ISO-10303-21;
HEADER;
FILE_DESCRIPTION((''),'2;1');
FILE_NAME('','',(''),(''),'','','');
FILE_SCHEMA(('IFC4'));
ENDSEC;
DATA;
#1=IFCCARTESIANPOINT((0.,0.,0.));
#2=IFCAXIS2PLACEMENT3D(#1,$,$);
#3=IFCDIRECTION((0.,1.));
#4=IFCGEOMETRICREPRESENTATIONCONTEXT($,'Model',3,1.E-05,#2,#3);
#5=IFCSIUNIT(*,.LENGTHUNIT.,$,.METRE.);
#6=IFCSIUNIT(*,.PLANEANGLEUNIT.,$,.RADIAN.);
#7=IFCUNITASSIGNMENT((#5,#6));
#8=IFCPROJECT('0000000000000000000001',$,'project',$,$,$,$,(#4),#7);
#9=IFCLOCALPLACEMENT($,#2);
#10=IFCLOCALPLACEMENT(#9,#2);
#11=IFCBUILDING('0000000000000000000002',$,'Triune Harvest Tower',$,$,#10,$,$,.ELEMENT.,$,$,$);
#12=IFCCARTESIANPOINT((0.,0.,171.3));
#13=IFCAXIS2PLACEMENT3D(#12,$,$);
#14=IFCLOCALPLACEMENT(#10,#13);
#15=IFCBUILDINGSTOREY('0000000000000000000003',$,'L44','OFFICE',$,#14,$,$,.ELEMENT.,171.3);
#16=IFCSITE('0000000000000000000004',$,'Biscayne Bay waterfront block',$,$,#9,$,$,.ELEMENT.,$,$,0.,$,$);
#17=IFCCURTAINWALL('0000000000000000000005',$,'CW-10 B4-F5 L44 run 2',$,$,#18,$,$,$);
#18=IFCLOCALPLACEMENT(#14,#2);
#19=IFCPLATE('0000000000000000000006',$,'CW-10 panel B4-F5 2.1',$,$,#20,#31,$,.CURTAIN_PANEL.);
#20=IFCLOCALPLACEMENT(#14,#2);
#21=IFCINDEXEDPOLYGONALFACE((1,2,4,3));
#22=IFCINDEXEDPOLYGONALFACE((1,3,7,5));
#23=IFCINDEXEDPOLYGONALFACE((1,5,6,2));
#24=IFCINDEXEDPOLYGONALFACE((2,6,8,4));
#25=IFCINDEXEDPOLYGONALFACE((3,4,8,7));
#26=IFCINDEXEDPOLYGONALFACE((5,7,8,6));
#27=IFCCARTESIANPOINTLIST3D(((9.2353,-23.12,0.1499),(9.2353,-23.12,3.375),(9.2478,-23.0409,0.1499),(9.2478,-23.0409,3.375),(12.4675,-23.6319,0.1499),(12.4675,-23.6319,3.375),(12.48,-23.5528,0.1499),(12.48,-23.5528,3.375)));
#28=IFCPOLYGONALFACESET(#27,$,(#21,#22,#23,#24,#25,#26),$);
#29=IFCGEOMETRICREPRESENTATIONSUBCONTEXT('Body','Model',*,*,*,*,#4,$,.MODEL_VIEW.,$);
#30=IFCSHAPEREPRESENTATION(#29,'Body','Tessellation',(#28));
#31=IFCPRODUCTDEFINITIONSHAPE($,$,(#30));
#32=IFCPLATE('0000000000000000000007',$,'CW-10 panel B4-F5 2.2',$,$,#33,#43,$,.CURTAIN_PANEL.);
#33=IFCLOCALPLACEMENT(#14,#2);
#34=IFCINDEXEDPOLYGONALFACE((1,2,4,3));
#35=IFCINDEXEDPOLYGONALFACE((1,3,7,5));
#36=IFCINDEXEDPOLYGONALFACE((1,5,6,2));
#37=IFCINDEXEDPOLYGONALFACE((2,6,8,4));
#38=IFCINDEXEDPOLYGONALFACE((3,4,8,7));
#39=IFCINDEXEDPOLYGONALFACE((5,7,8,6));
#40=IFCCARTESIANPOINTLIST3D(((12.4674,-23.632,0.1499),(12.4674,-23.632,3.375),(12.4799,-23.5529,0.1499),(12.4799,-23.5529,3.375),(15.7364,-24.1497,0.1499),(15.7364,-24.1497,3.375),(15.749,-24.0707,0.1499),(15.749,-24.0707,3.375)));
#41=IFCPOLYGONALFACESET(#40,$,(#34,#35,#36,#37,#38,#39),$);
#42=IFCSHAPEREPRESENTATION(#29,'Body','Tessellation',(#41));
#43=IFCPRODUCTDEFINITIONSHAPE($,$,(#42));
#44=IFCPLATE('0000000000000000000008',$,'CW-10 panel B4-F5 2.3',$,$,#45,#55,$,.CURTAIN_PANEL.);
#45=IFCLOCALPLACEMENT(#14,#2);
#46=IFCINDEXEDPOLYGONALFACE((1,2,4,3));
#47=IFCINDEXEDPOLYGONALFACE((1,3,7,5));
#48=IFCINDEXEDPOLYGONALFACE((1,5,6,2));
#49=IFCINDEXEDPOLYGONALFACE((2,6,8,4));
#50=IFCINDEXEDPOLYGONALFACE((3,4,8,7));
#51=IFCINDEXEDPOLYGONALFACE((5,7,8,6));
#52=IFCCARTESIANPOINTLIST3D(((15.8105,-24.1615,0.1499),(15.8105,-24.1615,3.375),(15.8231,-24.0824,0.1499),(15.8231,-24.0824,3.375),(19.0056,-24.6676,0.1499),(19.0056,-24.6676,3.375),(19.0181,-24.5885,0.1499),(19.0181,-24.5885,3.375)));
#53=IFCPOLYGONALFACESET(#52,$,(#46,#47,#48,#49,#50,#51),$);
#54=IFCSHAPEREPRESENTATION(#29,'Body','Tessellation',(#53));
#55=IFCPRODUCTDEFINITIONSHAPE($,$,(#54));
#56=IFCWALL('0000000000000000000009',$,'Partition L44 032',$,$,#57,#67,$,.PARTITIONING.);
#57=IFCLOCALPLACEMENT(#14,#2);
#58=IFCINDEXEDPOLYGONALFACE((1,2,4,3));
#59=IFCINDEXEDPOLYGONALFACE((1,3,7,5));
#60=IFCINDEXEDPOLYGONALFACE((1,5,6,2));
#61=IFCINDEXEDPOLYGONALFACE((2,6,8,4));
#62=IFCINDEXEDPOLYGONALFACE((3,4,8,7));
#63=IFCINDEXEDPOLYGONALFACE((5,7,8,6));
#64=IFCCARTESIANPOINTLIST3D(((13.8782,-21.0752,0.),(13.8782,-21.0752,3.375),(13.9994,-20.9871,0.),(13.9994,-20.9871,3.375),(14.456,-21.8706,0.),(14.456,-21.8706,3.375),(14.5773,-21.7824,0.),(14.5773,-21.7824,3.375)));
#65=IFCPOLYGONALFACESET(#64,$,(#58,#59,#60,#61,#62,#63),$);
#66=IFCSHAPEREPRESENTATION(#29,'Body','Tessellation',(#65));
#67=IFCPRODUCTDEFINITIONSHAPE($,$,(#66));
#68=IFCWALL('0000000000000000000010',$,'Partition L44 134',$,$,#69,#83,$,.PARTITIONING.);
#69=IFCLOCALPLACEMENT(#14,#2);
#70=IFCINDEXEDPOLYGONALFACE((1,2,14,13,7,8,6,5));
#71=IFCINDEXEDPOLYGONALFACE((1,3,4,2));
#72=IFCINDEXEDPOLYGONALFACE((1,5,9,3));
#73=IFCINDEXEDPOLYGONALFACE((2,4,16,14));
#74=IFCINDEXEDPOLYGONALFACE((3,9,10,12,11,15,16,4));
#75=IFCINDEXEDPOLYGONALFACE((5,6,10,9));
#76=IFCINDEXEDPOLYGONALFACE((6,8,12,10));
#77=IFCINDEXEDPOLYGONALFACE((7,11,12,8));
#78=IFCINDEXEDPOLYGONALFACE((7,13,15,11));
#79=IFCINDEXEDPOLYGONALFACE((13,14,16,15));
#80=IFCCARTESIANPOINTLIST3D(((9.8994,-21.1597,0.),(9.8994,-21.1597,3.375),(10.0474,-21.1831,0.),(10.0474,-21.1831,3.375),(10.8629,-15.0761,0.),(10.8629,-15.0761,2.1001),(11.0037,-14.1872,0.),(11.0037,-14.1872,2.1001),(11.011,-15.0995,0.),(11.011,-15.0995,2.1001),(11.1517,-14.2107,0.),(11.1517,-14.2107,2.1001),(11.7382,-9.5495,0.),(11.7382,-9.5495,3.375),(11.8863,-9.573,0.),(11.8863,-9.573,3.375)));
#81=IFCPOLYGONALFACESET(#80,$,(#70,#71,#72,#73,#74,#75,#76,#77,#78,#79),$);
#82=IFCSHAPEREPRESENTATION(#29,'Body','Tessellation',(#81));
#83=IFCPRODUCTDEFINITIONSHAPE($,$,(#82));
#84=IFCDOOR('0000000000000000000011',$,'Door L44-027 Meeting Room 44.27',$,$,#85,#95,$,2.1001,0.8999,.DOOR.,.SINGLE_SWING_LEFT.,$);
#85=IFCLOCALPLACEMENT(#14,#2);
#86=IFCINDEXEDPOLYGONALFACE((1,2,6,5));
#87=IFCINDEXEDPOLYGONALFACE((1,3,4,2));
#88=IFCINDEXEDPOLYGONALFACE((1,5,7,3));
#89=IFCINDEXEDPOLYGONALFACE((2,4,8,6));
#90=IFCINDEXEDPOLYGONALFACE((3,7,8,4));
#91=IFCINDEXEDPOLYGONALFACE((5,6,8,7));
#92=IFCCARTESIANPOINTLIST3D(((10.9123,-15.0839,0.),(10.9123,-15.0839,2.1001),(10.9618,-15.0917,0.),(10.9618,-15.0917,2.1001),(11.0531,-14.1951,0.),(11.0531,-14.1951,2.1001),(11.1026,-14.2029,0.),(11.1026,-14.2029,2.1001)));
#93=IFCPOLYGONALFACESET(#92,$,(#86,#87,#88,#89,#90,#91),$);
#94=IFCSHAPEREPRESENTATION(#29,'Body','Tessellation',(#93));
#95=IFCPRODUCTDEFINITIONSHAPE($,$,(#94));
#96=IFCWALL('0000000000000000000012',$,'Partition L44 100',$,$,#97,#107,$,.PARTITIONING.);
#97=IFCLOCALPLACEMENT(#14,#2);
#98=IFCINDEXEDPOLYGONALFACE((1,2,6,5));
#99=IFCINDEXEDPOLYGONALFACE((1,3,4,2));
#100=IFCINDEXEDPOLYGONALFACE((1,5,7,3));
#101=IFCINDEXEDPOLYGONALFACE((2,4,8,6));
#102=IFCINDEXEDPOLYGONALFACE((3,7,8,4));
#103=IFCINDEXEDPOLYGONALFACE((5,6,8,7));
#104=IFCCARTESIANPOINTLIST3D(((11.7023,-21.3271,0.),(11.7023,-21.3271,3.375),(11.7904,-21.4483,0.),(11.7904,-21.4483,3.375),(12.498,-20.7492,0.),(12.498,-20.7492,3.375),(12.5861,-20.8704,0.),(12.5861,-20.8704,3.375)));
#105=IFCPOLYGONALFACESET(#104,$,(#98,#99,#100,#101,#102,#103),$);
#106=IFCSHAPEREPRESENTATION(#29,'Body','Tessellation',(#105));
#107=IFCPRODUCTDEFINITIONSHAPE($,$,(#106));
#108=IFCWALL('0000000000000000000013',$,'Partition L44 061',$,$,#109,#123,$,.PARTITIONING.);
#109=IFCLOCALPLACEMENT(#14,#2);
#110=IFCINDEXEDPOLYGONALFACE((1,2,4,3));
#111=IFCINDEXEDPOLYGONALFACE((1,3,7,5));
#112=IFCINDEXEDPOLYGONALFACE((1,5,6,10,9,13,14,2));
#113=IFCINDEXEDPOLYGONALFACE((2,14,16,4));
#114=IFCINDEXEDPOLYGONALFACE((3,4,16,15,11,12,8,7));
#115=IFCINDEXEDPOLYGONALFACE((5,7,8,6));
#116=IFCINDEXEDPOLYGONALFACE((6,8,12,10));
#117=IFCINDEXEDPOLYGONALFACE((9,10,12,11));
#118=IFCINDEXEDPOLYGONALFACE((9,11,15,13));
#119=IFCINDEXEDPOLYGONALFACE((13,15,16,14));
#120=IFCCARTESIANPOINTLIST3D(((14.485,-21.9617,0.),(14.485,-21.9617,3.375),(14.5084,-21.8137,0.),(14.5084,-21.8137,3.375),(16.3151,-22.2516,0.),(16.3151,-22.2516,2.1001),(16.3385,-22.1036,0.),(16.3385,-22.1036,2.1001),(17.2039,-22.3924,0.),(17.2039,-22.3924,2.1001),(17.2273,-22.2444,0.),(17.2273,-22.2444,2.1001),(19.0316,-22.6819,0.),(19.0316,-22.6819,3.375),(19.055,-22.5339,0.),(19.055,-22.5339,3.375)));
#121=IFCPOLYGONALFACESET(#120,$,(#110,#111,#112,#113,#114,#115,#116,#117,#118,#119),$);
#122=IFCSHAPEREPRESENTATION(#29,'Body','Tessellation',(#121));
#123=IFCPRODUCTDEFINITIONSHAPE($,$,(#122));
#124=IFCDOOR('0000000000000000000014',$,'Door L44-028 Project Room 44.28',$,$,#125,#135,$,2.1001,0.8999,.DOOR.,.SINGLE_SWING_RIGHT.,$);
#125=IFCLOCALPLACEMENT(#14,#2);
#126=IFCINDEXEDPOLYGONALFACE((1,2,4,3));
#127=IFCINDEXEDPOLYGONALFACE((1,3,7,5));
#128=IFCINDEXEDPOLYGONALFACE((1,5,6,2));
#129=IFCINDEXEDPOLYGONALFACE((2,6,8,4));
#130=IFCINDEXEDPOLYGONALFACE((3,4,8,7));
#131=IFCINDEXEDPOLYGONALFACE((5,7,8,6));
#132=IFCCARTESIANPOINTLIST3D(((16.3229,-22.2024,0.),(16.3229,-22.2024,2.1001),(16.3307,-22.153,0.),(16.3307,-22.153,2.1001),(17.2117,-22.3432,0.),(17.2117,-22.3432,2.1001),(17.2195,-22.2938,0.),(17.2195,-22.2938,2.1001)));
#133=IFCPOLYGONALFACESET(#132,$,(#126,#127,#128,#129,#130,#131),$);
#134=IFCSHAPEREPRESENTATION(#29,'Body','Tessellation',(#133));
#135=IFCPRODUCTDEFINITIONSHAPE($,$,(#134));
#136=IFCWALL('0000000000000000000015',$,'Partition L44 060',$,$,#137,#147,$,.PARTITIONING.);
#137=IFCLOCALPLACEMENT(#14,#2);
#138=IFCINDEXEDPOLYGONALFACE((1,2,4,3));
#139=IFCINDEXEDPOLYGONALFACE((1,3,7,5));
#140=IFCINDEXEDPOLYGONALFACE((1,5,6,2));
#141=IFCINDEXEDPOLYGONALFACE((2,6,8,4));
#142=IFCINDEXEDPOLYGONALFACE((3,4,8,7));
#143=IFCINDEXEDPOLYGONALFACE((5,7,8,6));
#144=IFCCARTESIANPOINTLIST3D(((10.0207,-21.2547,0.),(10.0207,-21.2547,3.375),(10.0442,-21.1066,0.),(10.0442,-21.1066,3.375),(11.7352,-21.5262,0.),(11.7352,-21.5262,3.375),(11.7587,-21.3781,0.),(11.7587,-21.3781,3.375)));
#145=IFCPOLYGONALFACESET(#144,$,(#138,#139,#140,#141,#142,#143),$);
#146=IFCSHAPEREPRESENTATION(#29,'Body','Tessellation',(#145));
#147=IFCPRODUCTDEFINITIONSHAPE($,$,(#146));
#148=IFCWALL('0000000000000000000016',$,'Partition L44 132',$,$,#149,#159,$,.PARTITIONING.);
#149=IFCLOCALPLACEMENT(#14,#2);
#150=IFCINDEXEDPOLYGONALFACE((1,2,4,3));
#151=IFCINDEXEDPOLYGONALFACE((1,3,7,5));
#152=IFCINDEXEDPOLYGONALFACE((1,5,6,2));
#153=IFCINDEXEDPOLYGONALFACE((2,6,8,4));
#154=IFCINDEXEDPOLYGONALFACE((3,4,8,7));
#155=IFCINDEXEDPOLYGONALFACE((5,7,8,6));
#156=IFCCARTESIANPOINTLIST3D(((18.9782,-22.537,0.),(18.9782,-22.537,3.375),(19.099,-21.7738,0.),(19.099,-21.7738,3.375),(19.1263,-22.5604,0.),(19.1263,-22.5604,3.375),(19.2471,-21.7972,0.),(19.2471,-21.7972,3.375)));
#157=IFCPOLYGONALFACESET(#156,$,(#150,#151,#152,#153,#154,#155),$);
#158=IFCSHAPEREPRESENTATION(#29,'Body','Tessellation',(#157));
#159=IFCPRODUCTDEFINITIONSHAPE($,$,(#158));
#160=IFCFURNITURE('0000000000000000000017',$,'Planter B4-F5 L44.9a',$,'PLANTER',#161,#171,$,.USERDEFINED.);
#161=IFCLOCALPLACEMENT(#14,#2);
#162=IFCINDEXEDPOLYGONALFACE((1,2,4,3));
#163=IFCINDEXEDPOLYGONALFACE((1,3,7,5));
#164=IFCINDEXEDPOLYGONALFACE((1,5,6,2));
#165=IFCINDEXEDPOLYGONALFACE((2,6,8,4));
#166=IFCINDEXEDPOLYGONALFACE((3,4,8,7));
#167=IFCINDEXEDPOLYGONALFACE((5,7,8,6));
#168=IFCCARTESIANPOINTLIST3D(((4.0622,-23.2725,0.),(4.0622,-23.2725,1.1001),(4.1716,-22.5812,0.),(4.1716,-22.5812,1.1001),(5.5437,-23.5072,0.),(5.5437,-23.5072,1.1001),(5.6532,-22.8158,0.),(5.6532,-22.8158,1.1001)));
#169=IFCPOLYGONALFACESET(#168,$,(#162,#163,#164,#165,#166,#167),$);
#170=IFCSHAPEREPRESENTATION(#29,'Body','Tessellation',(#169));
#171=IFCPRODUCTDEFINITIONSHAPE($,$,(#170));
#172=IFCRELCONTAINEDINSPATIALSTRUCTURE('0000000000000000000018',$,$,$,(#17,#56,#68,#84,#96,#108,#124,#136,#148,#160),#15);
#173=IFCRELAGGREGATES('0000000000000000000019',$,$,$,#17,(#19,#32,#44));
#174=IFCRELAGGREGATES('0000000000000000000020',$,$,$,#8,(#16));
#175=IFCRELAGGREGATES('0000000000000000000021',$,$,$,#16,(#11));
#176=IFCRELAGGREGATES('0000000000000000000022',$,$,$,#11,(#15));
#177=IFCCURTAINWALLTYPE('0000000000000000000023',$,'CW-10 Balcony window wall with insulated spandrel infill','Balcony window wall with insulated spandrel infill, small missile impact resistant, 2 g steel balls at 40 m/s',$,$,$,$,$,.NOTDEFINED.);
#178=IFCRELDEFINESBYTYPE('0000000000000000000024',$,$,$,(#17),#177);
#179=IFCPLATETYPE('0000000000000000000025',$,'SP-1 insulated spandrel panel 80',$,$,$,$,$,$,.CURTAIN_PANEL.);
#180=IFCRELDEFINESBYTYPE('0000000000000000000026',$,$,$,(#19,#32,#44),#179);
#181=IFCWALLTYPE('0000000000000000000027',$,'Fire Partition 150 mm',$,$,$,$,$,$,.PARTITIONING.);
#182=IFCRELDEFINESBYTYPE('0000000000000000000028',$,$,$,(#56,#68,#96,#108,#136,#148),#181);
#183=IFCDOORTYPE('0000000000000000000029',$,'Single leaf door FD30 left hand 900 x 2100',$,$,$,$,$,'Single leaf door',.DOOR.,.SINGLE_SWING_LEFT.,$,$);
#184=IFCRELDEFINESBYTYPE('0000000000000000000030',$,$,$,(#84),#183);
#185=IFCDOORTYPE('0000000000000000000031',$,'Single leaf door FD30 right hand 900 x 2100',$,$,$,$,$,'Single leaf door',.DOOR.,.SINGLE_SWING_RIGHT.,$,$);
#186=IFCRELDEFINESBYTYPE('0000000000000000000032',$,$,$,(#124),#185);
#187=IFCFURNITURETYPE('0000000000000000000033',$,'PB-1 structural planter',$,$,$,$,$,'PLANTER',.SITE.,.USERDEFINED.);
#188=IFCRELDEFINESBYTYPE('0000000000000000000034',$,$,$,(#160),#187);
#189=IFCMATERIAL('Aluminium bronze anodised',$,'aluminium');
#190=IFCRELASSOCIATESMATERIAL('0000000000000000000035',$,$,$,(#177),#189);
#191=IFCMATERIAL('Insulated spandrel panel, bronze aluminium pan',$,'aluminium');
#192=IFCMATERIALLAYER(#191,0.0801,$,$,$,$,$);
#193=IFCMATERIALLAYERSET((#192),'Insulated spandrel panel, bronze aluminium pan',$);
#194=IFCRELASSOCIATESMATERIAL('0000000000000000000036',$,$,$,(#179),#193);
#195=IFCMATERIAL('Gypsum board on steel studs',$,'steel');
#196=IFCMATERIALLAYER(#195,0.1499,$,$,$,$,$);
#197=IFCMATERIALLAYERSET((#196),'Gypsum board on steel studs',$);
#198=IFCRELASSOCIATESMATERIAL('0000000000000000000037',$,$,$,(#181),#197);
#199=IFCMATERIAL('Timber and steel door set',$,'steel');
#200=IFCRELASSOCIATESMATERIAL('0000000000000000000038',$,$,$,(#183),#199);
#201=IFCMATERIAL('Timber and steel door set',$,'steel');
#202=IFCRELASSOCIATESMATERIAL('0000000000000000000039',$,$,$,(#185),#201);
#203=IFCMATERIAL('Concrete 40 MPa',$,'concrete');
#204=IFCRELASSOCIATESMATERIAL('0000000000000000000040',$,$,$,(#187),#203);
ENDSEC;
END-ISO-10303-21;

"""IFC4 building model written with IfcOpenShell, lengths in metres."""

from ifc_helpers import new_model, si_unit, direction, frame, frame_2d, origin, origin_2d, place, context, subcontext, project, spatial, rectangle, extrude, source, transform, mapped, material, layer, layer_set, type_object, element, fill, aggregate, save


model = new_model("IFC4")

# Units and contexts
model_context = context("Model", 3, precision=1e-05, world=origin(), true_north=direction((0.0, 1.0)))
body_context = subcontext(model_context, "Body", "Model", "MODEL_VIEW")
ifc_project = project(units=[si_unit("LENGTHUNIT", "METRE"), si_unit("PLANEANGLEUNIT", "RADIAN")], contexts=[model_context])

# Site, building, storey
site_placement = place(None, origin())
site = spatial("IfcSite", under=ifc_project, at=site_placement, Name="Biscayne Bay waterfront block", CompositionType="ELEMENT", RefElevation=0.0)
building_placement = place(site_placement, origin())
building = spatial("IfcBuilding", under=site, at=building_placement, Name="Triune Harvest Tower", CompositionType="ELEMENT")
storey_placement = place(building_placement, frame((0.0, 0.0, 171.3)))
storey = spatial("IfcBuildingStorey", under=building, at=storey_placement, Name="L44", Description="OFFICE", CompositionType="ELEMENT", Elevation=171.3)

# Curtain wall
ifc_material_1 = material(Name="Aluminium bronze anodised", Category="aluminium")
curtain_wall_type_1 = type_object("IfcCurtainWallType", Name="CW-10 Balcony window wall with insulated spandrel infill", Description="Balcony window wall with insulated spandrel infill, small missile impact resistant, 2 g steel balls at 40 m/s", PredefinedType="NOTDEFINED", material=ifc_material_1)
curtain_wall_1_placement = place(storey_placement, origin())
curtain_wall_1 = element("IfcCurtainWall", 1, at=curtain_wall_1_placement, inside=storey, type_object=curtain_wall_type_1, Name="CW-10 B4-F5 L44 run 2")

# Plates
ifc_material_2 = material(Name="Insulated spandrel panel, bronze aluminium pan", Category="aluminium")
ifc_layer_1 = layer(ifc_material_2, 0.0801)
ifc_layer_set_1 = layer_set([ifc_layer_1], Name="Insulated spandrel panel, bronze aluminium pan")
plate_type_1 = type_object("IfcPlateType", Name="SP-1 insulated spandrel panel 80", PredefinedType="CURTAIN_PANEL", material=ifc_layer_set_1)
shared_shape_1 = source(origin(), body_context, "Body", "SweptSolid", [
    extrude(rectangle(XDim=3.2725, YDim=0.0801, at=origin_2d()), origin(), (0.0, 0.0, 1.0), 3.2251),
])
plate_1_placement = place(storey_placement, frame((10.8577, -23.3364, 0.1499), z_axis=(0.0, 0.0, 1.0), x_axis=(0.987689, -0.156432, 0.0)))
plate_1 = element("IfcPlate", 2, at=plate_1_placement, type_object=plate_type_1, Name="CW-10 panel B4-F5 2.1", PredefinedType="CURTAIN_PANEL", context=body_context, shape_type="MappedRepresentation", body=[
    mapped(shared_shape_1, transform((0.0, 0.0, 0.0), scale=1.0)),
])
shared_shape_2 = source(origin(), body_context, "Body", "SweptSolid", [
    extrude(rectangle(XDim=3.3098, YDim=0.0801, at=origin_2d()), origin(), (0.0, 0.0, 1.0), 3.2251),
])
plate_2_placement = place(storey_placement, frame((14.1082, -23.8513, 0.1499), z_axis=(0.0, 0.0, 1.0), x_axis=(0.987689, -0.156432, 0.0)))
plate_2 = element("IfcPlate", 3, at=plate_2_placement, type_object=plate_type_1, Name="CW-10 panel B4-F5 2.2", PredefinedType="CURTAIN_PANEL", context=body_context, shape_type="MappedRepresentation", body=[
    mapped(shared_shape_2, transform((0.0, 0.0, 0.0), scale=1.0)),
])
shared_shape_3 = source(origin(), body_context, "Body", "SweptSolid", [
    extrude(rectangle(XDim=3.2349, YDim=0.0801, at=origin_2d()), origin(), (0.0, 0.0, 1.0), 3.2251),
])
plate_3_placement = place(storey_placement, frame((17.4143, -24.375, 0.1499), z_axis=(0.0, 0.0, 1.0), x_axis=(0.987689, -0.156432, 0.0)))
plate_3 = element("IfcPlate", 4, at=plate_3_placement, type_object=plate_type_1, Name="CW-10 panel B4-F5 2.3", PredefinedType="CURTAIN_PANEL", context=body_context, shape_type="MappedRepresentation", body=[
    mapped(shared_shape_3, transform((0.0, 0.0, 0.0), scale=1.0)),
])
aggregate(curtain_wall_1, [plate_1, plate_2, plate_3])

# Wall
ifc_material_3 = material(Name="Gypsum board on steel studs", Category="steel")
ifc_layer_2 = layer(ifc_material_3, 0.1499)
ifc_layer_set_2 = layer_set([ifc_layer_2], Name="Gypsum board on steel studs")
wall_type_1 = type_object("IfcWallType", Name="Fire Partition 150 mm", PredefinedType="PARTITIONING", material=ifc_layer_set_2)
wall_1_placement = place(storey_placement, frame((13.9387, -21.031, 0.0), z_axis=(0.0, 0.0, 1.0), x_axis=(0.587773, -0.809026, 0.0)))
element("IfcWall", 5, at=wall_1_placement, inside=storey, type_object=wall_type_1, Name="Partition L44 032", PredefinedType="PARTITIONING", context=body_context, shape_type="SweptSolid", body=[
    extrude(rectangle(XDim=0.9832, YDim=0.1499, at=frame_2d((0.4917, 0.0))), origin(), (0.0, 0.0, 1.0), 3.375),
])

# Wall, opening, door
wall_2_placement = place(storey_placement, frame((9.9734, -21.1714, 0.0), z_axis=(0.0, 0.0, 1.0), x_axis=(0.156435, 0.987688, 0.0)))
wall_2 = element("IfcWall", 6, at=wall_2_placement, inside=storey, type_object=wall_type_1, Name="Partition L44 134", PredefinedType="PARTITIONING", context=body_context, shape_type="SweptSolid", body=[
    extrude(rectangle(XDim=11.7549, YDim=0.1499, at=frame_2d((5.8774, 0.0))), origin(), (0.0, 0.0, 1.0), 3.375),
])
opening_1_placement = place(wall_2_placement, frame((6.1594, 0.0, 0.0)))
opening_1 = element("IfcOpeningElement", 7, at=opening_1_placement, cuts=wall_2, PredefinedType="OPENING", context=body_context, shape_type="SweptSolid", body=[
    extrude(rectangle(XDim=0.8999, YDim=2.1001, at=frame_2d((0.45, 1.05))), frame((0.0, 0.085, 0.0), z_axis=(0.0, -1.0, 0.0), x_axis=(1.0, 0.0, 0.0)), (0.0, 0.0, 1.0), 0.1699),
])
ifc_material_4 = material(Name="Timber and steel door set", Category="steel")
door_type_1 = type_object("IfcDoorType", Name="Single leaf door FD30 left hand 900 x 2100", ElementType="Single leaf door", OperationType="SINGLE_SWING_LEFT", PredefinedType="DOOR", material=ifc_material_4)
door_1_placement = place(opening_1_placement, origin())
door_1 = element("IfcDoor", 8, at=door_1_placement, inside=storey, type_object=door_type_1, Name="Door L44-027 Meeting Room 44.27", OperationType="SINGLE_SWING_LEFT", OverallHeight=2.1001, OverallWidth=0.8999, PredefinedType="DOOR", context=body_context, shape_type="SweptSolid", body=[
    extrude(rectangle(XDim=0.8999, YDim=2.1001, at=frame_2d((0.45, 1.05))), frame((0.0, 0.0249, 0.0), z_axis=(0.0, -1.0, 0.0), x_axis=(1.0, 0.0, 0.0)), (0.0, 0.0, 1.0), 0.05),
])
fill(opening_1, door_1)

# Wall
shared_shape_4 = source(origin(), body_context, "Body", "SweptSolid", [
    extrude(rectangle(XDim=0.9834, YDim=0.1499, at=frame_2d((0.4917, 0.0))), origin(), (0.0, 0.0, 1.0), 3.375),
])
wall_3_placement = place(storey_placement, frame((11.7463, -21.3877, 0.0), z_axis=(0.0, 0.0, 1.0), x_axis=(0.809112, 0.587655, 0.0)))
element("IfcWall", 9, at=wall_3_placement, inside=storey, type_object=wall_type_1, Name="Partition L44 100", PredefinedType="PARTITIONING", context=body_context, shape_type="MappedRepresentation", body=[
    mapped(shared_shape_4, transform((0.0, 0.0, 0.0), scale=1.0)),
])

# Wall, opening, door
shared_shape_5 = source(origin(), body_context, "Body", "SweptSolid", [
    extrude(rectangle(XDim=4.6033, YDim=0.1499, at=frame_2d((2.3018, 0.0))), origin(), (0.0, 0.0, 1.0), 3.375),
])
wall_4_placement = place(storey_placement, frame((14.4966, -21.8877, 0.0), z_axis=(0.0, 0.0, 1.0), x_axis=(0.987685, -0.156455, 0.0)))
wall_4 = element("IfcWall", 10, at=wall_4_placement, inside=storey, type_object=wall_type_1, Name="Partition L44 061", PredefinedType="PARTITIONING", context=body_context, shape_type="MappedRepresentation", body=[
    mapped(shared_shape_5, transform((0.0, 0.0, 0.0), scale=1.0)),
])
opening_2_placement = place(wall_4_placement, frame((1.853, 0.0, 0.0)))
opening_2 = element("IfcOpeningElement", 11, at=opening_2_placement, cuts=wall_4, PredefinedType="OPENING", context=body_context, shape_type="SweptSolid", body=[
    extrude(rectangle(XDim=0.8999, YDim=2.1001, at=frame_2d((0.45, 1.05))), frame((0.0, 0.085, 0.0), z_axis=(0.0, -1.0, 0.0), x_axis=(1.0, 0.0, 0.0)), (0.0, 0.0, 1.0), 0.1699),
])
ifc_material_5 = material(Name="Timber and steel door set", Category="steel")
door_type_2 = type_object("IfcDoorType", Name="Single leaf door FD30 right hand 900 x 2100", ElementType="Single leaf door", OperationType="SINGLE_SWING_RIGHT", PredefinedType="DOOR", material=ifc_material_5)
door_2_placement = place(opening_2_placement, origin())
door_2 = element("IfcDoor", 12, at=door_2_placement, inside=storey, type_object=door_type_2, Name="Door L44-028 Project Room 44.28", OperationType="SINGLE_SWING_RIGHT", OverallHeight=2.1001, OverallWidth=0.8999, PredefinedType="DOOR", context=body_context, shape_type="SweptSolid", body=[
    extrude(rectangle(XDim=0.8999, YDim=2.1001, at=frame_2d((0.45, 1.05))), frame((0.0, 0.0249, 0.0), z_axis=(0.0, -1.0, 0.0), x_axis=(1.0, 0.0, 0.0)), (0.0, 0.0, 1.0), 0.05),
])
fill(opening_2, door_2)

# Walls
shared_shape_6 = source(origin(), body_context, "Body", "SweptSolid", [
    extrude(rectangle(XDim=1.7358, YDim=0.1499, at=frame_2d((0.8679, 0.0))), origin(), (0.0, 0.0, 1.0), 3.375),
])
wall_5_placement = place(storey_placement, frame((10.0325, -21.1807, 0.0), z_axis=(0.0, 0.0, 1.0), x_axis=(0.987692, -0.15641, 0.0)))
element("IfcWall", 13, at=wall_5_placement, inside=storey, type_object=wall_type_1, Name="Partition L44 060", PredefinedType="PARTITIONING", context=body_context, shape_type="MappedRepresentation", body=[
    mapped(shared_shape_6, transform((0.0, 0.0, 0.0), scale=1.0)),
])
shared_shape_7 = source(origin(), body_context, "Body", "SweptSolid", [
    extrude(rectangle(XDim=0.7727, YDim=0.1499, at=frame_2d((0.3862, 0.0))), origin(), (0.0, 0.0, 1.0), 3.375),
])
wall_6_placement = place(storey_placement, frame((19.0522, -22.5486, 0.0), z_axis=(0.0, 0.0, 1.0), x_axis=(0.156401, 0.987694, 0.0)))
element("IfcWall", 14, at=wall_6_placement, inside=storey, type_object=wall_type_1, Name="Partition L44 132", PredefinedType="PARTITIONING", context=body_context, shape_type="MappedRepresentation", body=[
    mapped(shared_shape_7, transform((0.0, 0.0, 0.0), scale=1.0)),
])

# Furniture
ifc_material_6 = material(Name="Concrete 40 MPa", Category="concrete")
furniture_type = type_object("IfcFurnitureType", Name="PB-1 structural planter", ElementType="PLANTER", AssemblyPlace="SITE", PredefinedType="USERDEFINED", material=ifc_material_6)
shared_shape_8 = source(origin(), body_context, "Body", "SweptSolid", [
    extrude(rectangle(XDim=1.5, YDim=0.7, at=origin_2d()), origin(), (0.0, 0.0, 1.0), 1.1001),
])
furniture_placement = place(storey_placement, frame((4.8577, -23.0442, 0.0), z_axis=(0.0, 0.0, 1.0), x_axis=(0.987688, -0.156435, 0.0)))
element("IfcFurniture", 15, at=furniture_placement, inside=storey, type_object=furniture_type, Name="Planter B4-F5 L44.9a", ObjectType="PLANTER", PredefinedType="USERDEFINED", context=body_context, shape_type="MappedRepresentation", body=[
    mapped(shared_shape_8, transform((0.0, 0.0, 0.0), scale=1.0)),
])

save(model, "model.ifc")
